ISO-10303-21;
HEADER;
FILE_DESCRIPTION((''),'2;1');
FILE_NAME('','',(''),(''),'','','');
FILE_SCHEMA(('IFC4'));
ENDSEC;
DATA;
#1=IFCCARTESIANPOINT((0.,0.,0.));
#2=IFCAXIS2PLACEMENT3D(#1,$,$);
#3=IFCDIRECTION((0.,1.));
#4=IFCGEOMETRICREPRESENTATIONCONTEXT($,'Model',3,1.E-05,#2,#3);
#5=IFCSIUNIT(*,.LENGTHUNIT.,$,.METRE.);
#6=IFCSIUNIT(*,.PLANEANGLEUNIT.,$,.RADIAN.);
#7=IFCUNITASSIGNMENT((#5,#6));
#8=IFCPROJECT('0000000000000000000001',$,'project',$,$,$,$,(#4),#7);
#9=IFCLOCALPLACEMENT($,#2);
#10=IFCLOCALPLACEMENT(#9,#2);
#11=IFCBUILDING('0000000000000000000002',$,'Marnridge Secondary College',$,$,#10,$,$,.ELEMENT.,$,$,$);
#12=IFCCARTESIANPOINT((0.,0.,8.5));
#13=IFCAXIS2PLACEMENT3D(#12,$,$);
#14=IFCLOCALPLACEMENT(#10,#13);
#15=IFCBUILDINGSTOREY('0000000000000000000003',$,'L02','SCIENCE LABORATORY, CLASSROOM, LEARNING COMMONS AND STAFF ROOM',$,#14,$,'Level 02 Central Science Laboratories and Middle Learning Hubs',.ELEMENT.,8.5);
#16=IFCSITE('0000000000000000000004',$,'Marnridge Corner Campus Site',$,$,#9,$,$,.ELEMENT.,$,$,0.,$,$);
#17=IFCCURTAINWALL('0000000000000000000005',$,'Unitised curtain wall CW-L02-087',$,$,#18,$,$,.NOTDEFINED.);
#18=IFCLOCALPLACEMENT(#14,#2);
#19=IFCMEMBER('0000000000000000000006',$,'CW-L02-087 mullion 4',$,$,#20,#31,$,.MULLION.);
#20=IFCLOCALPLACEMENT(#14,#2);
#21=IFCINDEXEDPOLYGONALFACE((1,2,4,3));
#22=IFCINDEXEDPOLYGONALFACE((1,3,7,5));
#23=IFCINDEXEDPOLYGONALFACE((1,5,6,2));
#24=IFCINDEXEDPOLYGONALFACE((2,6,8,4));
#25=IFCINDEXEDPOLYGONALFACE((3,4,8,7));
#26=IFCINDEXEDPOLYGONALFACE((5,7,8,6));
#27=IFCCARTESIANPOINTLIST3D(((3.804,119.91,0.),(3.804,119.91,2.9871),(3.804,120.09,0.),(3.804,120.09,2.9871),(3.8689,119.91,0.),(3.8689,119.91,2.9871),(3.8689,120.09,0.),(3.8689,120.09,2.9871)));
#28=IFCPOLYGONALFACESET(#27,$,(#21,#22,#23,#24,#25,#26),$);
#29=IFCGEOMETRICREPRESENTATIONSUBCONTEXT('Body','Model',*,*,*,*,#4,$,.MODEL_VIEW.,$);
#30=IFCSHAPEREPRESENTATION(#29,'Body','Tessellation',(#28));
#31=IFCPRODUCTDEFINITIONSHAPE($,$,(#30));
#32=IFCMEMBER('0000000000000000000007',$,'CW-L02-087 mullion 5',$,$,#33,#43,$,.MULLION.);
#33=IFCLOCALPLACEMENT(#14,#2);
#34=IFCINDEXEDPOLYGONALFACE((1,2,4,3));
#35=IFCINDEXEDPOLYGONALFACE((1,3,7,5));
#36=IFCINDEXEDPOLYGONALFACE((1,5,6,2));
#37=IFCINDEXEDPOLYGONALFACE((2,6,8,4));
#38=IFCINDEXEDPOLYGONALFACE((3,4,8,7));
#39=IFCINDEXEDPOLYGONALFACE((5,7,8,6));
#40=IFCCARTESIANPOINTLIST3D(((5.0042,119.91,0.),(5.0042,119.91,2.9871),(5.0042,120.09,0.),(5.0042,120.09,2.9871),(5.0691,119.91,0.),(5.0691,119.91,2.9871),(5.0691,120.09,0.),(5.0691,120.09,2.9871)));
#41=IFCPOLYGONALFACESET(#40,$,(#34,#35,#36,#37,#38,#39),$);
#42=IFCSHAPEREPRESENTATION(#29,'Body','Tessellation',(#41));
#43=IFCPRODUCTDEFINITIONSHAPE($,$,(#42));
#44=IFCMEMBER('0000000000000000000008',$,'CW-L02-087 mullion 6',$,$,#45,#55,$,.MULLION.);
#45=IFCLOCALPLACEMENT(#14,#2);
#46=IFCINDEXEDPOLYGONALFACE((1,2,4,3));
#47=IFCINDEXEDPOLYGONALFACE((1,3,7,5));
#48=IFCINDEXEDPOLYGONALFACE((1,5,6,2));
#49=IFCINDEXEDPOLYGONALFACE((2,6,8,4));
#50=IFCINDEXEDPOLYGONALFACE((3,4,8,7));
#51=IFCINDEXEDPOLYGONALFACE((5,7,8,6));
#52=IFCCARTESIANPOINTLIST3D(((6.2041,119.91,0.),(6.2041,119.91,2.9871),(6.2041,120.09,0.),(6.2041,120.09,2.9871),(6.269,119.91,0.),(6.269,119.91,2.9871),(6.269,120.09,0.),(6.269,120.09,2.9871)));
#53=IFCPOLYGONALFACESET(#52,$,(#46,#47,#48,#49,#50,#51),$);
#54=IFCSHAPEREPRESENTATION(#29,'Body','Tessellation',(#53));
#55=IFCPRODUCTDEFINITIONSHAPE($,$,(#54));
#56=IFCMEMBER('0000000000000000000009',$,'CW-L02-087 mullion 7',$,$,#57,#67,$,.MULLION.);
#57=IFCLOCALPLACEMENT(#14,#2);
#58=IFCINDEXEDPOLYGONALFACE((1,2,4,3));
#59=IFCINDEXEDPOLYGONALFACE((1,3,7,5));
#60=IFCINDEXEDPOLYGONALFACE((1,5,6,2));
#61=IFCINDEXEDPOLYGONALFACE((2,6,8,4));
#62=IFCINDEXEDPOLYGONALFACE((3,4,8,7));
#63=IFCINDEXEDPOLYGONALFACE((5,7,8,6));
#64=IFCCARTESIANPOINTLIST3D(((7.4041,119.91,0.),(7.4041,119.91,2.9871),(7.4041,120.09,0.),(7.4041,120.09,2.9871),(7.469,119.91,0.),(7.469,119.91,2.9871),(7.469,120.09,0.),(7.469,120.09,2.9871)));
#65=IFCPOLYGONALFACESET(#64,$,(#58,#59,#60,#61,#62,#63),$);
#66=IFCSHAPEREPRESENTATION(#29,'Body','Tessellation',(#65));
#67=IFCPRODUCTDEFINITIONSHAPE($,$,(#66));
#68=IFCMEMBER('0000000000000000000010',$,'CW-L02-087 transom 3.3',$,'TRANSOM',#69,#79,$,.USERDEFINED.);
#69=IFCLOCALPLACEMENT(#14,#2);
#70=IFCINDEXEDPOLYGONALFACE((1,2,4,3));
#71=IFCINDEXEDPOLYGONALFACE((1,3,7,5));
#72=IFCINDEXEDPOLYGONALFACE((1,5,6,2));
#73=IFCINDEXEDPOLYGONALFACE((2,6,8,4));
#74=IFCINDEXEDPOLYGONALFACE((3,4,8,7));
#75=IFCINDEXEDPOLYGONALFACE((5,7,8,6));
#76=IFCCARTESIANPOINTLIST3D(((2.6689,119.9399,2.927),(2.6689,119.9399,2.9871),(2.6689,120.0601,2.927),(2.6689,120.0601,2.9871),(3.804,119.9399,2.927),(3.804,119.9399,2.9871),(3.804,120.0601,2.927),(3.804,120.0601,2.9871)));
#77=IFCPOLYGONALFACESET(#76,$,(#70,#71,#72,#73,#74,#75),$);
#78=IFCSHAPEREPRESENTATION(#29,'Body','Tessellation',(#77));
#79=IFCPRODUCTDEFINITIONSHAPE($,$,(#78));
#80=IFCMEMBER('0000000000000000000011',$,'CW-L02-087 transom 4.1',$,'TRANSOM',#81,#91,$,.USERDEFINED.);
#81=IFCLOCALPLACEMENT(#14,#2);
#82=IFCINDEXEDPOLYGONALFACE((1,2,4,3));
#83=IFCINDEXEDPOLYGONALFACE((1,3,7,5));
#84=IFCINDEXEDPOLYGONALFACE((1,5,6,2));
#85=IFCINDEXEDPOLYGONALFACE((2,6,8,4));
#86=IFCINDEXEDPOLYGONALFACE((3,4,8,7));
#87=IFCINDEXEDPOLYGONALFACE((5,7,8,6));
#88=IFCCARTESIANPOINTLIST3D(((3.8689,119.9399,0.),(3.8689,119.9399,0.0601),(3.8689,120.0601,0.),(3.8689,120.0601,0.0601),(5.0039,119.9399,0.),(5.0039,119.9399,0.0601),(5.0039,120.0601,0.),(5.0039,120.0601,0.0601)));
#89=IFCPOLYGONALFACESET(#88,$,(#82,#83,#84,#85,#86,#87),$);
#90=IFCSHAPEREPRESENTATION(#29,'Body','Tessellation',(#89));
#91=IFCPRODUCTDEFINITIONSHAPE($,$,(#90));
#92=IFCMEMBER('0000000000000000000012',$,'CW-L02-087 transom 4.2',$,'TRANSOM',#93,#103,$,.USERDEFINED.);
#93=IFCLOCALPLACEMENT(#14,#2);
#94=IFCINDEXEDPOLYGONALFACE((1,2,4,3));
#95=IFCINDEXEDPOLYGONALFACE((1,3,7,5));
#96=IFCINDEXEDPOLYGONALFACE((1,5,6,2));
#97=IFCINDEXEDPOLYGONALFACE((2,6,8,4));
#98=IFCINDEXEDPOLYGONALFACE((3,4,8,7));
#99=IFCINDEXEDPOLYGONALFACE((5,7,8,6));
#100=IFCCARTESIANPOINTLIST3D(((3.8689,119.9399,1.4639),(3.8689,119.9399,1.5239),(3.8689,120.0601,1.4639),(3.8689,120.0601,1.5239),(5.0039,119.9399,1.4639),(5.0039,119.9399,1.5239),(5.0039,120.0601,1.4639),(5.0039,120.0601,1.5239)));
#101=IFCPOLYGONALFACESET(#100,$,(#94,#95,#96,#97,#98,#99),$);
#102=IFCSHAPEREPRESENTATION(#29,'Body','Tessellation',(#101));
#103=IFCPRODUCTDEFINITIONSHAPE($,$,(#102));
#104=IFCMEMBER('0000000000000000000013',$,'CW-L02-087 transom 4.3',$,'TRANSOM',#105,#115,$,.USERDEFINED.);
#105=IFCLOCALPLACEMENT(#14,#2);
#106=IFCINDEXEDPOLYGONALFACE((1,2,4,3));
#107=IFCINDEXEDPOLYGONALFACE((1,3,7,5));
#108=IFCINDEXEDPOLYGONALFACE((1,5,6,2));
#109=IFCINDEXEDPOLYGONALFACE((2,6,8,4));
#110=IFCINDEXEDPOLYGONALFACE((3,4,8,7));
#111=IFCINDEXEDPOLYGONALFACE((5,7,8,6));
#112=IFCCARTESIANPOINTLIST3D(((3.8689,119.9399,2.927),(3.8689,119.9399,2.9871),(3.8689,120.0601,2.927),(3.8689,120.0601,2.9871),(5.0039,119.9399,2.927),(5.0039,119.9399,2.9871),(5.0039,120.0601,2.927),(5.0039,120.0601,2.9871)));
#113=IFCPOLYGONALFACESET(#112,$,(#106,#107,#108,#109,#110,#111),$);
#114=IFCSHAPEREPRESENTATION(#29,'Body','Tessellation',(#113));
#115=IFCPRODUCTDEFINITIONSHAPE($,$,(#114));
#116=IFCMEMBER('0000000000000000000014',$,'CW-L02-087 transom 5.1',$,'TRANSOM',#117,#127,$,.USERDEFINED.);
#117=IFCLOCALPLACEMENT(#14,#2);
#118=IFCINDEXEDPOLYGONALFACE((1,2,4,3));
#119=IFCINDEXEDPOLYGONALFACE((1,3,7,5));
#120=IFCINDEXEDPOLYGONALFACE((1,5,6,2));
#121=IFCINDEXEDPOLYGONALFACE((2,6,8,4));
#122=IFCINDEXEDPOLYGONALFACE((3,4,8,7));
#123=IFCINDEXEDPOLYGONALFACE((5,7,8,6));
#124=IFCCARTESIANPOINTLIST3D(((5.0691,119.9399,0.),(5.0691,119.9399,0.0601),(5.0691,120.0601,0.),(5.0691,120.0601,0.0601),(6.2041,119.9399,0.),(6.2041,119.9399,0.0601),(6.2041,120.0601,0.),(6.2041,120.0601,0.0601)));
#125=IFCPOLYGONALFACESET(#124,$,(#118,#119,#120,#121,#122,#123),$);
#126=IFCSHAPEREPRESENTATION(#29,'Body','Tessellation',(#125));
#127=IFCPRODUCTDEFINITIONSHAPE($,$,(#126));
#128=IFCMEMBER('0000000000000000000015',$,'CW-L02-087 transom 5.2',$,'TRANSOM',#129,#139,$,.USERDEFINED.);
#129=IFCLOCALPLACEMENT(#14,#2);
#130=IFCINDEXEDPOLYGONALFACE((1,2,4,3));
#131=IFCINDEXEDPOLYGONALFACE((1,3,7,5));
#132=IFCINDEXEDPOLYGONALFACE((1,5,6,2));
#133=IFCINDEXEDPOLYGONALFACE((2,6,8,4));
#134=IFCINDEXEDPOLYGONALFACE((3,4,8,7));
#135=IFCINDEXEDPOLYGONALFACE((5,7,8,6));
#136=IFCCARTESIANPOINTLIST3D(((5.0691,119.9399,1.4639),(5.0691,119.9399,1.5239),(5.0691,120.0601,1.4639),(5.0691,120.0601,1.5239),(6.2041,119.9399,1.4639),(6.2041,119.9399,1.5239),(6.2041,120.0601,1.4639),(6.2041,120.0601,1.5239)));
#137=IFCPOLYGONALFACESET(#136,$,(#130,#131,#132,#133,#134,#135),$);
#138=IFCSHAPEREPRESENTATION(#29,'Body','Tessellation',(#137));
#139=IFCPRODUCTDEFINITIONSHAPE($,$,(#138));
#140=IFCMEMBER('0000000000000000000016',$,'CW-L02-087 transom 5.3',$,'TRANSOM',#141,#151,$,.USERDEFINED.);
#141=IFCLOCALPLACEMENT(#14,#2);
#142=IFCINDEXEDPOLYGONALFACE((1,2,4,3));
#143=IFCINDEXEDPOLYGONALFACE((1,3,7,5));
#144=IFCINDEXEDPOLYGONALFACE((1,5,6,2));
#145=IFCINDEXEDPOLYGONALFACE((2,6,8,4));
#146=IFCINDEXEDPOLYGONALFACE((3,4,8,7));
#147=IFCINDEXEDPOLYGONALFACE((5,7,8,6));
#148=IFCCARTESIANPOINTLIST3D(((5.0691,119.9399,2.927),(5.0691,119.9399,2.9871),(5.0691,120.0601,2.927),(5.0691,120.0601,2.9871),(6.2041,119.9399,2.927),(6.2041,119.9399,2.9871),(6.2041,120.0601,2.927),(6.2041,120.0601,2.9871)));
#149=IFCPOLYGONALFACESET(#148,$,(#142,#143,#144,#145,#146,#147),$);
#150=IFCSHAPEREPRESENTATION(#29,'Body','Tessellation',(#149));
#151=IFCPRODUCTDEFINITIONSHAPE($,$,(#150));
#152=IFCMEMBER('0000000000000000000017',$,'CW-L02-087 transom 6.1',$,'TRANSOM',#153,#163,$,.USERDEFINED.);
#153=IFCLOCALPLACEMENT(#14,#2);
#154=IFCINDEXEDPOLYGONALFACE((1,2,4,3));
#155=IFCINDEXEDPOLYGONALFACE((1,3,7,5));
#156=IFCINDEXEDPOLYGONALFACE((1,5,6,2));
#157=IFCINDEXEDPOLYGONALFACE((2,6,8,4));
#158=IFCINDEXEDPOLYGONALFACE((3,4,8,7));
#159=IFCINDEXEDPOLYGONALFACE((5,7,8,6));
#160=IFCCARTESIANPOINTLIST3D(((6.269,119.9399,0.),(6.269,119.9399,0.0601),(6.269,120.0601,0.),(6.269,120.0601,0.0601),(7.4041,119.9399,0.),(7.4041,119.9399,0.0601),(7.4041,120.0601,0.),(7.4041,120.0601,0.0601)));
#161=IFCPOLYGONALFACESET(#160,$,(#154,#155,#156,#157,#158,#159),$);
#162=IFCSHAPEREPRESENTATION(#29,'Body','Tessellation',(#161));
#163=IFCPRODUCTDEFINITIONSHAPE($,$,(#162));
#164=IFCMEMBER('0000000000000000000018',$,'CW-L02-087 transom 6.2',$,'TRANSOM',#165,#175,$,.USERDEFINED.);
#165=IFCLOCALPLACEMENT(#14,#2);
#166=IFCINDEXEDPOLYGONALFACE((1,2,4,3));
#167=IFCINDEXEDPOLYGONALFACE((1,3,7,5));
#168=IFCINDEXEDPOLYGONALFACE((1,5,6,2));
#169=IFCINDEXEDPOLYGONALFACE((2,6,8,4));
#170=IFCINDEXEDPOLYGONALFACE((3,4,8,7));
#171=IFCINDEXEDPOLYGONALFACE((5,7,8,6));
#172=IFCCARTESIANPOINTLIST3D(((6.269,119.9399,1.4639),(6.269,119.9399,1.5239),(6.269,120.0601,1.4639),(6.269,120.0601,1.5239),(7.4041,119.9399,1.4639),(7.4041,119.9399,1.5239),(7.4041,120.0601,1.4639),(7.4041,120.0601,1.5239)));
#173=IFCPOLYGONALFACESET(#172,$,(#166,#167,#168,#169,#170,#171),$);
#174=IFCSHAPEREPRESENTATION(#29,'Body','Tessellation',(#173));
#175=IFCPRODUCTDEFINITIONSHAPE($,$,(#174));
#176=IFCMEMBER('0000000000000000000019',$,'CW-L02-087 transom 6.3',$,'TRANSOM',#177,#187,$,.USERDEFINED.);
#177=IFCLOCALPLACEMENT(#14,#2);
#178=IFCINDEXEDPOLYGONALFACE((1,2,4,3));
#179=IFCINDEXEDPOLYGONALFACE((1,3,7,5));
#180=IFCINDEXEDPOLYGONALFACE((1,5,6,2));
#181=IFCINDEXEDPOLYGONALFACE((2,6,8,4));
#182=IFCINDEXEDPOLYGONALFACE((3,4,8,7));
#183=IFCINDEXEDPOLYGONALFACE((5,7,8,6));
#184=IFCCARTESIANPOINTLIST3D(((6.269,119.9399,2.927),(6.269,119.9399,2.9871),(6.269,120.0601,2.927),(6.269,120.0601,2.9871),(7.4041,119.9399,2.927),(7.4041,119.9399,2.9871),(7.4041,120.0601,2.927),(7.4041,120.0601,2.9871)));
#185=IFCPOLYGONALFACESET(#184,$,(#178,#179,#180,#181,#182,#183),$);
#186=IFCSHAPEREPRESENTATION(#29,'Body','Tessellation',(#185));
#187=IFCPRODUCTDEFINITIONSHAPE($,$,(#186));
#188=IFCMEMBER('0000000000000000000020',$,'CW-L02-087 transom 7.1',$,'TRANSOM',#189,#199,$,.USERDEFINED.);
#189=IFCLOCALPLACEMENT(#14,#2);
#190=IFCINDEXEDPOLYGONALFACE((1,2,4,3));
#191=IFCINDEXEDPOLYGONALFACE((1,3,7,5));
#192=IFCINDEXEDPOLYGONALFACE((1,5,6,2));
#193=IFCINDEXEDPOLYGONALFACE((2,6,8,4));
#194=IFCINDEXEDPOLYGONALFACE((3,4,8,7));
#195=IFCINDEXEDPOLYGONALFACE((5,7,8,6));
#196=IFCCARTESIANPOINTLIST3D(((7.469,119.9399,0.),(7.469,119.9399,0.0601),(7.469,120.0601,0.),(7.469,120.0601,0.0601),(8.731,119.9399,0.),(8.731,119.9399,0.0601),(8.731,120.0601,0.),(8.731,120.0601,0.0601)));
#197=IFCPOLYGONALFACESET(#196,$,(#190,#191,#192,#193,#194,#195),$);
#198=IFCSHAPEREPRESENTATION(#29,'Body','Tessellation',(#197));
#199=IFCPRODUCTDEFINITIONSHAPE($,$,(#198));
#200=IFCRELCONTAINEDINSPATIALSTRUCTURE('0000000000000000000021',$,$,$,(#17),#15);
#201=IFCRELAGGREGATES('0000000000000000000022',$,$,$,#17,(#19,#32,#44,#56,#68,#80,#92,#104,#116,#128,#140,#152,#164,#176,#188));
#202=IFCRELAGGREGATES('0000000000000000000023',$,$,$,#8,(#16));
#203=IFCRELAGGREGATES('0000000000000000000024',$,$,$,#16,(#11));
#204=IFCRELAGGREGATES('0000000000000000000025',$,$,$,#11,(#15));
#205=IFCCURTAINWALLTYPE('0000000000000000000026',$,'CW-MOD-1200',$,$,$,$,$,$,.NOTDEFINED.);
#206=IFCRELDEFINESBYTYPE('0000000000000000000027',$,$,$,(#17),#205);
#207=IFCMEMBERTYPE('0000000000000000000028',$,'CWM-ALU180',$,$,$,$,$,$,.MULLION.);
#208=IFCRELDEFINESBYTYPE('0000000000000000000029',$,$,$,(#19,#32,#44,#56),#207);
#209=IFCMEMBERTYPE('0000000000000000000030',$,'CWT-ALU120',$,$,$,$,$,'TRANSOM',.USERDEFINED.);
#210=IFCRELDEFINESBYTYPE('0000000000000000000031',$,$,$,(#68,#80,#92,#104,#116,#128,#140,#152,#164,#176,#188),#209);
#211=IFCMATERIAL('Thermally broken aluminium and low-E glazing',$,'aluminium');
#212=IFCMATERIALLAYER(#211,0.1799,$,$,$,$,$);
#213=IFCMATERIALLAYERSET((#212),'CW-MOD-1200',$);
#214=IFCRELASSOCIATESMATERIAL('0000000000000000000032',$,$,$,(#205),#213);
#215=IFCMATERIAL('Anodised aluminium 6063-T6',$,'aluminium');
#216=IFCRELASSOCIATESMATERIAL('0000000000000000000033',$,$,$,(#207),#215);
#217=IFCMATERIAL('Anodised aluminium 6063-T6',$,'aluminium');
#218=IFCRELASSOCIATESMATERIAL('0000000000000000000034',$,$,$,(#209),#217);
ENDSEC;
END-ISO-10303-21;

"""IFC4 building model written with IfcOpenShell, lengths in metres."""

from ifc_helpers import new_model, si_unit, direction, frame, origin, origin_2d, place, context, subcontext, project, spatial, rectangle, extrude, material, layer, layer_set, material_profile, profile_set, type_object, element, aggregate, save


model = new_model("IFC4")

# Units and contexts
model_context = context("Model", 3, precision=1e-05, world=origin(), true_north=direction((0.0, 1.0)))
body_context = subcontext(model_context, "Body", "Model", "MODEL_VIEW")
ifc_project = project(units=[si_unit("LENGTHUNIT", "METRE"), si_unit("PLANEANGLEUNIT", "RADIAN")], contexts=[model_context])

# Site, building, storey
site_placement = place(None, origin())
site = spatial("IfcSite", under=ifc_project, at=site_placement, Name="Marnridge Corner Campus Site", CompositionType="ELEMENT", RefElevation=0.0)
building_placement = place(site_placement, origin())
building = spatial("IfcBuilding", under=site, at=building_placement, Name="Marnridge Secondary College", CompositionType="ELEMENT")
storey_placement = place(building_placement, frame((0.0, 0.0, 8.5)))
storey = spatial("IfcBuildingStorey", under=building, at=storey_placement, Name="L02", Description="SCIENCE LABORATORY, CLASSROOM, LEARNING COMMONS AND STAFF ROOM", LongName="Level 02 Central Science Laboratories and Middle Learning Hubs", CompositionType="ELEMENT", Elevation=8.5)

# Curtain wall, members
ifc_material_1 = material(Name="Thermally broken aluminium and low-E glazing", Category="aluminium")
ifc_layer_1 = layer(ifc_material_1, 0.1799)
ifc_layer_set_1 = layer_set([ifc_layer_1], Name="CW-MOD-1200")
curtain_wall_type = type_object("IfcCurtainWallType", Name="CW-MOD-1200", PredefinedType="NOTDEFINED", material=ifc_layer_set_1)
curtain_wall_placement = place(storey_placement, origin())
curtain_wall = element("IfcCurtainWall", 1, at=curtain_wall_placement, inside=storey, type_object=curtain_wall_type, Name="Unitised curtain wall CW-L02-087", PredefinedType="NOTDEFINED")
ifc_material_2 = material(Name="Anodised aluminium 6063-T6", Category="aluminium")
ifc_material_profile_1 = material_profile(ifc_material_2, rectangle(XDim=0.0649, YDim=0.1799, at=origin_2d()), Name="ALU 65x180")
ifc_profile_set_1 = profile_set([ifc_material_profile_1], Name="Anodised aluminium 6063-T6")
member_type_1 = type_object("IfcMemberType", Name="CWM-ALU180", PredefinedType="MULLION", material=ifc_profile_set_1)
member_1_placement = place(storey_placement, frame((3.8364, 120.0, 0.0), z_axis=(0.0, 0.0, 1.0), x_axis=(1.0, 0.0, 0.0)))
member_1 = element("IfcMember", 2, at=member_1_placement, type_object=member_type_1, Name="CW-L02-087 mullion 4", PredefinedType="MULLION", context=body_context, shape_type="SweptSolid", body=[
    extrude(rectangle(XDim=0.0649, YDim=0.1799, at=origin_2d()), origin(), (0.0, 0.0, 1.0), 2.9871),
])
member_2_placement = place(storey_placement, frame((5.0366, 120.0, 0.0), z_axis=(0.0, 0.0, 1.0), x_axis=(1.0, 0.0, 0.0)))
member_2 = element("IfcMember", 3, at=member_2_placement, type_object=member_type_1, Name="CW-L02-087 mullion 5", PredefinedType="MULLION", context=body_context, shape_type="SweptSolid", body=[
    extrude(rectangle(XDim=0.0649, YDim=0.1799, at=origin_2d()), origin(), (0.0, 0.0, 1.0), 2.9871),
])
member_3_placement = place(storey_placement, frame((6.2366, 120.0, 0.0), z_axis=(0.0, 0.0, 1.0), x_axis=(1.0, 0.0, 0.0)))
member_3 = element("IfcMember", 4, at=member_3_placement, type_object=member_type_1, Name="CW-L02-087 mullion 6", PredefinedType="MULLION", context=body_context, shape_type="SweptSolid", body=[
    extrude(rectangle(XDim=0.0649, YDim=0.1799, at=origin_2d()), origin(), (0.0, 0.0, 1.0), 2.9871),
])
member_4_placement = place(storey_placement, frame((7.4365, 120.0, 0.0), z_axis=(0.0, 0.0, 1.0), x_axis=(1.0, 0.0, 0.0)))
member_4 = element("IfcMember", 5, at=member_4_placement, type_object=member_type_1, Name="CW-L02-087 mullion 7", PredefinedType="MULLION", context=body_context, shape_type="SweptSolid", body=[
    extrude(rectangle(XDim=0.0649, YDim=0.1799, at=origin_2d()), origin(), (0.0, 0.0, 1.0), 2.9871),
])
ifc_material_3 = material(Name="Anodised aluminium 6063-T6", Category="aluminium")
ifc_material_profile_2 = material_profile(ifc_material_3, rectangle(XDim=0.0601, YDim=0.1201, at=origin_2d()), Name="ALU 60x120")
ifc_profile_set_2 = profile_set([ifc_material_profile_2], Name="Anodised aluminium 6063-T6")
member_type_2 = type_object("IfcMemberType", Name="CWT-ALU120", ElementType="TRANSOM", PredefinedType="USERDEFINED", material=ifc_profile_set_2)
member_5_placement = place(storey_placement, frame((2.6689, 120.0, 2.957), z_axis=(1.0, 0.0, 0.0), x_axis=(0.0, 0.0, 1.0)))
member_5 = element("IfcMember", 6, at=member_5_placement, type_object=member_type_2, Name="CW-L02-087 transom 3.3", ObjectType="TRANSOM", PredefinedType="USERDEFINED", context=body_context, shape_type="SweptSolid", body=[
    extrude(rectangle(XDim=0.0601, YDim=0.1201, at=origin_2d()), origin(), (0.0, 0.0, 1.0), 1.135),
])
member_6_placement = place(storey_placement, frame((3.8689, 120.0, 0.03), z_axis=(1.0, 0.0, 0.0), x_axis=(0.0, 0.0, 1.0)))
member_6 = element("IfcMember", 7, at=member_6_placement, type_object=member_type_2, Name="CW-L02-087 transom 4.1", ObjectType="TRANSOM", PredefinedType="USERDEFINED", context=body_context, shape_type="SweptSolid", body=[
    extrude(rectangle(XDim=0.0601, YDim=0.1201, at=origin_2d()), origin(), (0.0, 0.0, 1.0), 1.135),
])
member_7_placement = place(storey_placement, frame((3.8689, 120.0, 1.4939), z_axis=(1.0, 0.0, 0.0), x_axis=(0.0, 0.0, 1.0)))
member_7 = element("IfcMember", 8, at=member_7_placement, type_object=member_type_2, Name="CW-L02-087 transom 4.2", ObjectType="TRANSOM", PredefinedType="USERDEFINED", context=body_context, shape_type="SweptSolid", body=[
    extrude(rectangle(XDim=0.0601, YDim=0.1201, at=origin_2d()), origin(), (0.0, 0.0, 1.0), 1.135),
])
member_8_placement = place(storey_placement, frame((3.8689, 120.0, 2.957), z_axis=(1.0, 0.0, 0.0), x_axis=(0.0, 0.0, 1.0)))
member_8 = element("IfcMember", 9, at=member_8_placement, type_object=member_type_2, Name="CW-L02-087 transom 4.3", ObjectType="TRANSOM", PredefinedType="USERDEFINED", context=body_context, shape_type="SweptSolid", body=[
    extrude(rectangle(XDim=0.0601, YDim=0.1201, at=origin_2d()), origin(), (0.0, 0.0, 1.0), 1.135),
])
member_9_placement = place(storey_placement, frame((5.0691, 120.0, 0.03), z_axis=(1.0, 0.0, 0.0), x_axis=(0.0, 0.0, 1.0)))
member_9 = element("IfcMember", 10, at=member_9_placement, type_object=member_type_2, Name="CW-L02-087 transom 5.1", ObjectType="TRANSOM", PredefinedType="USERDEFINED", context=body_context, shape_type="SweptSolid", body=[
    extrude(rectangle(XDim=0.0601, YDim=0.1201, at=origin_2d()), origin(), (0.0, 0.0, 1.0), 1.135),
])
member_10_placement = place(storey_placement, frame((5.0691, 120.0, 1.4939), z_axis=(1.0, 0.0, 0.0), x_axis=(0.0, 0.0, 1.0)))
member_10 = element("IfcMember", 11, at=member_10_placement, type_object=member_type_2, Name="CW-L02-087 transom 5.2", ObjectType="TRANSOM", PredefinedType="USERDEFINED", context=body_context, shape_type="SweptSolid", body=[
    extrude(rectangle(XDim=0.0601, YDim=0.1201, at=origin_2d()), origin(), (0.0, 0.0, 1.0), 1.135),
])
member_11_placement = place(storey_placement, frame((5.0691, 120.0, 2.957), z_axis=(1.0, 0.0, 0.0), x_axis=(0.0, 0.0, 1.0)))
member_11 = element("IfcMember", 12, at=member_11_placement, type_object=member_type_2, Name="CW-L02-087 transom 5.3", ObjectType="TRANSOM", PredefinedType="USERDEFINED", context=body_context, shape_type="SweptSolid", body=[
    extrude(rectangle(XDim=0.0601, YDim=0.1201, at=origin_2d()), origin(), (0.0, 0.0, 1.0), 1.135),
])
member_12_placement = place(storey_placement, frame((6.269, 120.0, 0.03), z_axis=(1.0, 0.0, 0.0), x_axis=(0.0, 0.0, 1.0)))
member_12 = element("IfcMember", 13, at=member_12_placement, type_object=member_type_2, Name="CW-L02-087 transom 6.1", ObjectType="TRANSOM", PredefinedType="USERDEFINED", context=body_context, shape_type="SweptSolid", body=[
    extrude(rectangle(XDim=0.0601, YDim=0.1201, at=origin_2d()), origin(), (0.0, 0.0, 1.0), 1.135),
])
member_13_placement = place(storey_placement, frame((6.269, 120.0, 1.4939), z_axis=(1.0, 0.0, 0.0), x_axis=(0.0, 0.0, 1.0)))
member_13 = element("IfcMember", 14, at=member_13_placement, type_object=member_type_2, Name="CW-L02-087 transom 6.2", ObjectType="TRANSOM", PredefinedType="USERDEFINED", context=body_context, shape_type="SweptSolid", body=[
    extrude(rectangle(XDim=0.0601, YDim=0.1201, at=origin_2d()), origin(), (0.0, 0.0, 1.0), 1.135),
])
member_14_placement = place(storey_placement, frame((6.269, 120.0, 2.957), z_axis=(1.0, 0.0, 0.0), x_axis=(0.0, 0.0, 1.0)))
member_14 = element("IfcMember", 15, at=member_14_placement, type_object=member_type_2, Name="CW-L02-087 transom 6.3", ObjectType="TRANSOM", PredefinedType="USERDEFINED", context=body_context, shape_type="SweptSolid", body=[
    extrude(rectangle(XDim=0.0601, YDim=0.1201, at=origin_2d()), origin(), (0.0, 0.0, 1.0), 1.135),
])
member_15_placement = place(storey_placement, frame((7.469, 120.0, 0.03), z_axis=(1.0, 0.0, 0.0), x_axis=(0.0, 0.0, 1.0)))
member_15 = element("IfcMember", 16, at=member_15_placement, type_object=member_type_2, Name="CW-L02-087 transom 7.1", ObjectType="TRANSOM", PredefinedType="USERDEFINED", context=body_context, shape_type="SweptSolid", body=[
    extrude(rectangle(XDim=0.0601, YDim=0.1201, at=origin_2d()), origin(), (0.0, 0.0, 1.0), 1.262),
])
aggregate(curtain_wall, [member_1, member_2, member_3, member_4, member_5, member_6, member_7, member_8, member_9, member_10, member_11, member_12, member_13, member_14, member_15])

save(model, "model.ifc")
